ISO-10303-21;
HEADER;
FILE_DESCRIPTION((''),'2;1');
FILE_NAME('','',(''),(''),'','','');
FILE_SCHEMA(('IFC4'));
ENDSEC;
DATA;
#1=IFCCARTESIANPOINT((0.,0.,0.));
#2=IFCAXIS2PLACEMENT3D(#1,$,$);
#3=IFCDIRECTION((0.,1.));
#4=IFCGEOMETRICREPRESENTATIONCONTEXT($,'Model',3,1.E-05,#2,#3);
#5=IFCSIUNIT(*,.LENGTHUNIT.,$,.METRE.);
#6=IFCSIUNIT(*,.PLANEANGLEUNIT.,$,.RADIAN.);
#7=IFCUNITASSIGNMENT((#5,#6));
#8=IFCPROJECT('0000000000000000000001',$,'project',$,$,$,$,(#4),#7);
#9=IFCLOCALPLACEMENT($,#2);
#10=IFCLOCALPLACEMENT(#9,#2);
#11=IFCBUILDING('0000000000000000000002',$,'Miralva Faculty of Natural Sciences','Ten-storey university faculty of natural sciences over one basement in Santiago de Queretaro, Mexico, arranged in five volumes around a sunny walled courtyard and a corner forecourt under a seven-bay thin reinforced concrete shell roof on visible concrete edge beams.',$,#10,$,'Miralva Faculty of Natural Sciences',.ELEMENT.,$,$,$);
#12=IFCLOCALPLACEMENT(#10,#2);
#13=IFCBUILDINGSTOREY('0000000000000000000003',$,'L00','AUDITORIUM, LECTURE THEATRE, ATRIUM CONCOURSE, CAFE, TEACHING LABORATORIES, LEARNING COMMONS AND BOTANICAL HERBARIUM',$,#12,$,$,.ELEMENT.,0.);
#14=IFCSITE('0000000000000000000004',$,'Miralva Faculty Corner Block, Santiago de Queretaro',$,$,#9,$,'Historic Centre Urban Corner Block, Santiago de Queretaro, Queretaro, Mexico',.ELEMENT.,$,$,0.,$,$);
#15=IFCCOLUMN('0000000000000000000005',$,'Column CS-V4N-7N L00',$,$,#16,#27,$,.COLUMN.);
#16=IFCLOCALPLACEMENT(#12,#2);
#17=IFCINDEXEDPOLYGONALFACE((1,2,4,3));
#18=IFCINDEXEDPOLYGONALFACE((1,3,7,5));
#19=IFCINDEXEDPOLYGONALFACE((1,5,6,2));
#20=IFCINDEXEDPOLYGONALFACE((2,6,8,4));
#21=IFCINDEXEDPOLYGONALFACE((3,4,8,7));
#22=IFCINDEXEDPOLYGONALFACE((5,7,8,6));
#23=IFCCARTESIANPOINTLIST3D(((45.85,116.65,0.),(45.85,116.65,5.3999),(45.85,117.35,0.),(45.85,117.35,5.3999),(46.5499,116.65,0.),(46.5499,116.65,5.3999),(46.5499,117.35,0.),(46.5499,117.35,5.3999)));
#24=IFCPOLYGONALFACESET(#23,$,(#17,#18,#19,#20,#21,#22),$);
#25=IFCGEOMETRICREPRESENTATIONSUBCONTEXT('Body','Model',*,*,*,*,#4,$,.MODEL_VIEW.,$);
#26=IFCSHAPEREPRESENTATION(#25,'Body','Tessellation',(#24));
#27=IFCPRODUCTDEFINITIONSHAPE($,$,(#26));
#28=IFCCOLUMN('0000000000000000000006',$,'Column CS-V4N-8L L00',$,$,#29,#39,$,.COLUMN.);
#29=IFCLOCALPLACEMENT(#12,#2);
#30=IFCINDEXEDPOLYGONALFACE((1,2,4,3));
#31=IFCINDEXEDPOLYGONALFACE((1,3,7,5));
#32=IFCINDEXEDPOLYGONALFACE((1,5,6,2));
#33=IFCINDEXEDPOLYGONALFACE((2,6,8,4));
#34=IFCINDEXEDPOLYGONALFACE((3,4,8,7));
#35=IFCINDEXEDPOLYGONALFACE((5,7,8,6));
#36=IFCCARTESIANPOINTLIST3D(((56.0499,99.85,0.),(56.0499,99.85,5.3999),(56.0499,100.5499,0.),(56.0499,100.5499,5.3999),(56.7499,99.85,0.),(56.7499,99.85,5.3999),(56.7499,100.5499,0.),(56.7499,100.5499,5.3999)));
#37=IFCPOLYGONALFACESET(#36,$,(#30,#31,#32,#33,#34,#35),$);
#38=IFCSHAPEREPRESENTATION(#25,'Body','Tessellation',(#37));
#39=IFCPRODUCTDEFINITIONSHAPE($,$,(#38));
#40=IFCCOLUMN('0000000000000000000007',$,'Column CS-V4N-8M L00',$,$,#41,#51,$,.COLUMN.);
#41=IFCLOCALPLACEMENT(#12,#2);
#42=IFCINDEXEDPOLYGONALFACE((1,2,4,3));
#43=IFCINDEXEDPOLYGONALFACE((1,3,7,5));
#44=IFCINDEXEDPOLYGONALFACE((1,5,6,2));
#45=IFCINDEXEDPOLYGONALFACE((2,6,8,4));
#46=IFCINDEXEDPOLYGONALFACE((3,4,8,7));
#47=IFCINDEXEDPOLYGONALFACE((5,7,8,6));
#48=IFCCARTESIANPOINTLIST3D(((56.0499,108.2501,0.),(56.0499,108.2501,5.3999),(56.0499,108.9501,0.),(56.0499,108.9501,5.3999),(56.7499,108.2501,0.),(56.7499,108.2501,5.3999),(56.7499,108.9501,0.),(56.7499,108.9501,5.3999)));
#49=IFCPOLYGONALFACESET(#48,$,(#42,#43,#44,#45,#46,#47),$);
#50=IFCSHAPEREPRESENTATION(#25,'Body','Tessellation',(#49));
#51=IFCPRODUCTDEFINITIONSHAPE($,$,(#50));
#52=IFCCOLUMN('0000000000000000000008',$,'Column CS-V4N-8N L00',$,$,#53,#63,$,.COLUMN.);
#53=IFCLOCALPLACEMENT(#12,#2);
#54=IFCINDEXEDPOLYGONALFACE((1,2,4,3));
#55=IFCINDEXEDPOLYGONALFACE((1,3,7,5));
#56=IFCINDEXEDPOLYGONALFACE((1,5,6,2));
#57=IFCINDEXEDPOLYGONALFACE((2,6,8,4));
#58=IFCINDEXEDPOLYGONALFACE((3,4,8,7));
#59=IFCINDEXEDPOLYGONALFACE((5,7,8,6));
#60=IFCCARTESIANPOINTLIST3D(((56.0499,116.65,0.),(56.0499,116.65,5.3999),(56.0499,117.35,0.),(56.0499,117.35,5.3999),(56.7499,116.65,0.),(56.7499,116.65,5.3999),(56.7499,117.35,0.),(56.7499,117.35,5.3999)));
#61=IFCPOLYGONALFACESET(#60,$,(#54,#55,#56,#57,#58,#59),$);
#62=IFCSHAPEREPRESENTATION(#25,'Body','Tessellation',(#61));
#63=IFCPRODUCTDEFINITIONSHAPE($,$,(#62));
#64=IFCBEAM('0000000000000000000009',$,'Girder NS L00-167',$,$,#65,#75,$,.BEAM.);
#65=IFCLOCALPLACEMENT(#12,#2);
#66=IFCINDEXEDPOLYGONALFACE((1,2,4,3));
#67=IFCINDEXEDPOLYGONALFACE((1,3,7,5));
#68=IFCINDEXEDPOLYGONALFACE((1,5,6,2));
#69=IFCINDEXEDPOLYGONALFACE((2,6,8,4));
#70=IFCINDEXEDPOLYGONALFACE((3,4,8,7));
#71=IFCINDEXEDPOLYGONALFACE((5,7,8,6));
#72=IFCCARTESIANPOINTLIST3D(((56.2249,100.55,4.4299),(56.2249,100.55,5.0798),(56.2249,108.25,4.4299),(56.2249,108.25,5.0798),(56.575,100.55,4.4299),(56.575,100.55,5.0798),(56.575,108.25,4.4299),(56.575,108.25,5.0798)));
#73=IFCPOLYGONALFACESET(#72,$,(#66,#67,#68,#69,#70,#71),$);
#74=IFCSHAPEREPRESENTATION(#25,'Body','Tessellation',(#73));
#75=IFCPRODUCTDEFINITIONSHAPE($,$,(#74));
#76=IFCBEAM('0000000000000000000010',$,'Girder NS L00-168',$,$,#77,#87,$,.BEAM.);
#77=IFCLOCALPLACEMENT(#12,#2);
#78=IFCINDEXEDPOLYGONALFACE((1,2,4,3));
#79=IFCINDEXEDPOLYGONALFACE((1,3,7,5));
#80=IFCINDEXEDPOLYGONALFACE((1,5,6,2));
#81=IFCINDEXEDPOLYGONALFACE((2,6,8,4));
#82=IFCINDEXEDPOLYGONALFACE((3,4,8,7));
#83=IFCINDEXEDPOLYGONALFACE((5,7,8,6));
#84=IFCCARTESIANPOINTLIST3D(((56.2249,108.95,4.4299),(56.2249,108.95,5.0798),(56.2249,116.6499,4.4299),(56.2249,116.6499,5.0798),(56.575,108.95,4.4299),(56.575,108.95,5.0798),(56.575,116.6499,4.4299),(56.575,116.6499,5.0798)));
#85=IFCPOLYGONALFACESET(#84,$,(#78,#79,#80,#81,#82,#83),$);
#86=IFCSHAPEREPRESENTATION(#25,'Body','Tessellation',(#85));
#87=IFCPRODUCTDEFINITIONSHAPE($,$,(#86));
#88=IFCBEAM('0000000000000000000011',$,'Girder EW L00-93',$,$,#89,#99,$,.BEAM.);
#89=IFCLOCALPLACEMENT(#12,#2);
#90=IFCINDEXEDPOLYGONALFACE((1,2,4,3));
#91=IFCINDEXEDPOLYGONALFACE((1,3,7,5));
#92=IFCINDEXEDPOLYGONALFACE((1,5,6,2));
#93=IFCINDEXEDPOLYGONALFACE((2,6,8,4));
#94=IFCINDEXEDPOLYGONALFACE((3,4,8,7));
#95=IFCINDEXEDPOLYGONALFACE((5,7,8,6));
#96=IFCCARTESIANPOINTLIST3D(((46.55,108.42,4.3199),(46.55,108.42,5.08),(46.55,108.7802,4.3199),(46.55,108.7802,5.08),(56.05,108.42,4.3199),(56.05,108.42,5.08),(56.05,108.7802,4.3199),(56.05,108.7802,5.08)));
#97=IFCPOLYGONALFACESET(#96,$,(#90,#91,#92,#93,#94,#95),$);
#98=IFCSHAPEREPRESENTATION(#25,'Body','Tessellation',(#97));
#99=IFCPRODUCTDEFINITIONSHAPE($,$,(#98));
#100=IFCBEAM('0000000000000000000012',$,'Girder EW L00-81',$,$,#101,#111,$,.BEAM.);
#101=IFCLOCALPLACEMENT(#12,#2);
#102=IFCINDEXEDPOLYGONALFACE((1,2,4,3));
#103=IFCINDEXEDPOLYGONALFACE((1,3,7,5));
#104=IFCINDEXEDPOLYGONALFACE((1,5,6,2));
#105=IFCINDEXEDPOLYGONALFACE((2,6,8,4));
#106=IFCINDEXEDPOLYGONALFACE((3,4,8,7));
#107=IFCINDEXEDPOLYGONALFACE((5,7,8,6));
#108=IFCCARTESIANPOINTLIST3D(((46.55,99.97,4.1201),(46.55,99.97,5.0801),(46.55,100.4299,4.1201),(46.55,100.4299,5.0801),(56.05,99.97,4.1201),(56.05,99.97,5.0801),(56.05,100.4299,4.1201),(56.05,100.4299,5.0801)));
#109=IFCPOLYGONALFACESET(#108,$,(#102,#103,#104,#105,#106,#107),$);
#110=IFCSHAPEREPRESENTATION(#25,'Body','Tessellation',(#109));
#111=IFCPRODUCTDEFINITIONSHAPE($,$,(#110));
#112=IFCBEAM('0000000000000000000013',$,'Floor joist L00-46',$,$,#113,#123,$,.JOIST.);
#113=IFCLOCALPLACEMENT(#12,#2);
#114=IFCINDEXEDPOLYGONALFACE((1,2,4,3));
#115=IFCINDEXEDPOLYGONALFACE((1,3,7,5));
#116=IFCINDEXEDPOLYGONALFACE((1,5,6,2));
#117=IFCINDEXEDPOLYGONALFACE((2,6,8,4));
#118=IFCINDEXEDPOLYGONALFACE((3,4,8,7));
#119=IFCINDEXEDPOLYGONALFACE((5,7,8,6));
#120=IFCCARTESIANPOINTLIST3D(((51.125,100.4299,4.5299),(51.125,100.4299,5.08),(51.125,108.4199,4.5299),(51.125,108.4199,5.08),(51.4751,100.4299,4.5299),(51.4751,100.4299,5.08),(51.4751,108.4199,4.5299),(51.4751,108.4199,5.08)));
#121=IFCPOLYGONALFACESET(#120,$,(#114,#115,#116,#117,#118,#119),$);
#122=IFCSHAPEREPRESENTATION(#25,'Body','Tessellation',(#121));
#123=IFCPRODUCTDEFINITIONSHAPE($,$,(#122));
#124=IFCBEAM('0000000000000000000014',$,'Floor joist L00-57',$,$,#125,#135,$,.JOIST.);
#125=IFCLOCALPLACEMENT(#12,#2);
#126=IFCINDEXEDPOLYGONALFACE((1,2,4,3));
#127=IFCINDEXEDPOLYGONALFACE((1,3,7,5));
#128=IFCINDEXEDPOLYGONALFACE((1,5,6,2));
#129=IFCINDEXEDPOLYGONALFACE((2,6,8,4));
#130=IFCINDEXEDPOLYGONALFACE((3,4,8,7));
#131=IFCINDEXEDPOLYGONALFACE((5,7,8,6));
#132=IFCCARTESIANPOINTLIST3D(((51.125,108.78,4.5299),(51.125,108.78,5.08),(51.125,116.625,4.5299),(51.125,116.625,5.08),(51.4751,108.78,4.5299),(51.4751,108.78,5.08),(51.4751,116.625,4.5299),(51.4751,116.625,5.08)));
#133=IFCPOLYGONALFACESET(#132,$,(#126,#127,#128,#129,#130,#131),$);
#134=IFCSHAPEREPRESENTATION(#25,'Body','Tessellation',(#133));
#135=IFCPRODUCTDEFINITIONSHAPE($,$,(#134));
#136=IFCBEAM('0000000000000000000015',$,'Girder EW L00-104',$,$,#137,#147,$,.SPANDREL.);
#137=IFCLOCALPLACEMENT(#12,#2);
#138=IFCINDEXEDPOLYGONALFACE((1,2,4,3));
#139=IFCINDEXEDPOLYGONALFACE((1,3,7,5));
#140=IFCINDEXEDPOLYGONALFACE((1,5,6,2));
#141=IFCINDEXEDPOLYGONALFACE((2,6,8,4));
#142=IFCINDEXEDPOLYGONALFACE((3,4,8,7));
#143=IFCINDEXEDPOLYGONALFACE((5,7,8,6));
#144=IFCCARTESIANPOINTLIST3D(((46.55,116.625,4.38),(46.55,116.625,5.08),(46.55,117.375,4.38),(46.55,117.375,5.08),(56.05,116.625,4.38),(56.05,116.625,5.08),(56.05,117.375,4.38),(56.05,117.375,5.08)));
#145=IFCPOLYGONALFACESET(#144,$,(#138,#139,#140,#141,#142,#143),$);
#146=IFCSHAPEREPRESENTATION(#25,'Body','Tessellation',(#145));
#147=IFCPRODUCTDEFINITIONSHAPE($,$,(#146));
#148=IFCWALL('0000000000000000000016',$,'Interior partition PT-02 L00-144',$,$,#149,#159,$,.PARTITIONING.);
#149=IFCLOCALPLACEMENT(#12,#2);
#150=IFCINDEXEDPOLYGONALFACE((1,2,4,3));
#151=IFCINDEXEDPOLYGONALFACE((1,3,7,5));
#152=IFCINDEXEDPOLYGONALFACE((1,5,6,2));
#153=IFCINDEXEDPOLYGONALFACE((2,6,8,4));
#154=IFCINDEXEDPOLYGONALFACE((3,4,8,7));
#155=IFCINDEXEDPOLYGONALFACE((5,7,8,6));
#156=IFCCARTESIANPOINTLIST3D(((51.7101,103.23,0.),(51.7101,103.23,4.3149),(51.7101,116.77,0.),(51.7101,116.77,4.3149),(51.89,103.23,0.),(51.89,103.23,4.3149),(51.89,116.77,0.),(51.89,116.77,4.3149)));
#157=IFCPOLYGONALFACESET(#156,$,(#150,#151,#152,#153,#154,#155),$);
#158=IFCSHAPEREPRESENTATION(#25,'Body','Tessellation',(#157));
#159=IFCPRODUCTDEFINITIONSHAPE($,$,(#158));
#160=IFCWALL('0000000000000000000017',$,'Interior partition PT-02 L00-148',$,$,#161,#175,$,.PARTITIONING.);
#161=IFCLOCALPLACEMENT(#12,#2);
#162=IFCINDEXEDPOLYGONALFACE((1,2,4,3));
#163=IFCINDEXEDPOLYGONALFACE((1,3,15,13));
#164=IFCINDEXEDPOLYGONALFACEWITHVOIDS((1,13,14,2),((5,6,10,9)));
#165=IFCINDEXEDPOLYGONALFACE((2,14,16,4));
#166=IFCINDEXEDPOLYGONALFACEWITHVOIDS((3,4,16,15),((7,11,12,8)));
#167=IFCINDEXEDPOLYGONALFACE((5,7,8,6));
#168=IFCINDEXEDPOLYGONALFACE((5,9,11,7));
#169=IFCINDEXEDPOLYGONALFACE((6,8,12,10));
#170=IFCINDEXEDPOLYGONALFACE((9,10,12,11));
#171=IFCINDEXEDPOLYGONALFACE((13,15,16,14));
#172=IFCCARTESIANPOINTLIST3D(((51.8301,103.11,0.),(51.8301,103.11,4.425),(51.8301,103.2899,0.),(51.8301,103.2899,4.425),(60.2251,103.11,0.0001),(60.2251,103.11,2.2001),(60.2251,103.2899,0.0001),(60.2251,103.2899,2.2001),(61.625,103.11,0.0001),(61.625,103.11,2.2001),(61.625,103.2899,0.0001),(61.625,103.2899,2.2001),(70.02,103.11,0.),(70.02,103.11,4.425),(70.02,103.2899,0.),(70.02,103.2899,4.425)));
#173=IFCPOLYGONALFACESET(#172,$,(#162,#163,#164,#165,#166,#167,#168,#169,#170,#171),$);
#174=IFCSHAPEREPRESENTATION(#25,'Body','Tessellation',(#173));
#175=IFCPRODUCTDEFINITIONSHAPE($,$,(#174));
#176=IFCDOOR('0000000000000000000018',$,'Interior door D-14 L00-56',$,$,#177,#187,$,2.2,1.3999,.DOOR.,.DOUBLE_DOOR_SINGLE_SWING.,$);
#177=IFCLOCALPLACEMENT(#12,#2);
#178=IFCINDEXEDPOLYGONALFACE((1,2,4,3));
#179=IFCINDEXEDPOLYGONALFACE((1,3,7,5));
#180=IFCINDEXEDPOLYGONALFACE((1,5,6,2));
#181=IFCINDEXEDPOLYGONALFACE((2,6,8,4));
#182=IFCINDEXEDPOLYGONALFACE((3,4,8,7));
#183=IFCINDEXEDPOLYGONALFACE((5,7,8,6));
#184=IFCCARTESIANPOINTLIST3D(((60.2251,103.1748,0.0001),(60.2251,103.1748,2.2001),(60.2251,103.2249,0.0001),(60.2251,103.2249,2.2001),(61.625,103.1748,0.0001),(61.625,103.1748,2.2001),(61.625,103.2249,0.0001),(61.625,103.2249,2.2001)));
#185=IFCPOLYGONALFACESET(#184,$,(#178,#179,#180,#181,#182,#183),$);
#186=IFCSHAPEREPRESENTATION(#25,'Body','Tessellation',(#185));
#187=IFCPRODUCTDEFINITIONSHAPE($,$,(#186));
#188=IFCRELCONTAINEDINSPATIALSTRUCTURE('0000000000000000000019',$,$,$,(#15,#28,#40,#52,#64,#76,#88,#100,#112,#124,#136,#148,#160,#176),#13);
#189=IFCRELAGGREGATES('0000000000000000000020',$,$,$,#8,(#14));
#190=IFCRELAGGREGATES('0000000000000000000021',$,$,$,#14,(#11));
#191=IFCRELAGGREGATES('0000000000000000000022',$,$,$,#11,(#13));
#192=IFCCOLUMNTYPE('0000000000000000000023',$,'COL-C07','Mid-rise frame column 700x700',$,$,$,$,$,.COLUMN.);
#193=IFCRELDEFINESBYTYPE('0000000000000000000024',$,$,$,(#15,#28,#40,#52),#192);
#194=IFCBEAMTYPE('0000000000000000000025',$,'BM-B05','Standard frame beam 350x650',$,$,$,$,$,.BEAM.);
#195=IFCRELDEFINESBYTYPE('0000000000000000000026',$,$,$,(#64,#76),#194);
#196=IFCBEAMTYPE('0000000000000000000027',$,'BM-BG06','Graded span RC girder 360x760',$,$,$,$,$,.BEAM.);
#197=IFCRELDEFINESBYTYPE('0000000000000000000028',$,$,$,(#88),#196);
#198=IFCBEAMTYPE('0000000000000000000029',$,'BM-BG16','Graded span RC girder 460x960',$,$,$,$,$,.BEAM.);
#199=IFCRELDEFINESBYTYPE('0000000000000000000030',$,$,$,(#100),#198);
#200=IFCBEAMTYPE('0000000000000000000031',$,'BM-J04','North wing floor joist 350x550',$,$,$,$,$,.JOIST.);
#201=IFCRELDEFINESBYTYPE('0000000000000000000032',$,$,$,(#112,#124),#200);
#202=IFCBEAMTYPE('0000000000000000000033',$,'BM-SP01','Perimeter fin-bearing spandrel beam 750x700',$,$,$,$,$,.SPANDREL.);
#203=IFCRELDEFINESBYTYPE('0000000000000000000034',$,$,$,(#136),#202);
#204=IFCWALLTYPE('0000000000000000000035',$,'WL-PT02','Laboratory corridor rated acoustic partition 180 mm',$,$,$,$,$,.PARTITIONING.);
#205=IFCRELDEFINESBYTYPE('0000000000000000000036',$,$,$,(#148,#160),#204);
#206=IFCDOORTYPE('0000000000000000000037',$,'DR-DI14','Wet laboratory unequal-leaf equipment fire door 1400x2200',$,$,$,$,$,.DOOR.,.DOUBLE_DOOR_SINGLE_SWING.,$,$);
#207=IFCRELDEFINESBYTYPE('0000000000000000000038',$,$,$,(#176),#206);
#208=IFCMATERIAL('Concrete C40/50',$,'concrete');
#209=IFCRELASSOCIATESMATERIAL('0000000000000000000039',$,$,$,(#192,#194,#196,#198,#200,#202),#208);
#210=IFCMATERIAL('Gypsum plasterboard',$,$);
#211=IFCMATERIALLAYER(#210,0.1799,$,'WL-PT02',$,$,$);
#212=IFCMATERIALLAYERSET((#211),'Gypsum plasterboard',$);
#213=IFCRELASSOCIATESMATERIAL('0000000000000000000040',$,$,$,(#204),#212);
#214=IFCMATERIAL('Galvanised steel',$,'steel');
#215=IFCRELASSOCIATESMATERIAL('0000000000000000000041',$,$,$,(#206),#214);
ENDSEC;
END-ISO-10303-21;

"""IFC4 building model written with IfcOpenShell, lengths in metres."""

from ifc_helpers import new_model, si_unit, direction, frame, frame_2d, origin, origin_2d, place, context, subcontext, project, spatial, rectangle, extrude, material, layer, layer_set, material_profile, profile_set, type_object, element, fill, save


model = new_model("IFC4")

# Units and contexts
model_context = context("Model", 3, precision=1e-05, world=origin(), true_north=direction((0.0, 1.0)))
body_context = subcontext(model_context, "Body", "Model", "MODEL_VIEW")
ifc_project = project(units=[si_unit("LENGTHUNIT", "METRE"), si_unit("PLANEANGLEUNIT", "RADIAN")], contexts=[model_context])

# Site, building, storey
site_placement = place(None, origin())
site = spatial("IfcSite", under=ifc_project, at=site_placement, Name="Miralva Faculty Corner Block, Santiago de Queretaro", LongName="Historic Centre Urban Corner Block, Santiago de Queretaro, Queretaro, Mexico", CompositionType="ELEMENT", RefElevation=0.0)
building_placement = place(site_placement, origin())
building = spatial("IfcBuilding", under=site, at=building_placement, Name="Miralva Faculty of Natural Sciences", Description="Ten-storey university faculty of natural sciences over one basement in Santiago de Queretaro, Mexico, arranged in five volumes around a sunny walled courtyard and a corner forecourt under a seven-bay thin reinforced concrete shell roof on visible concrete edge beams.", LongName="Miralva Faculty of Natural Sciences", CompositionType="ELEMENT")
storey_placement = place(building_placement, origin())
storey = spatial("IfcBuildingStorey", under=building, at=storey_placement, Name="L00", Description="AUDITORIUM, LECTURE THEATRE, ATRIUM CONCOURSE, CAFE, TEACHING LABORATORIES, LEARNING COMMONS AND BOTANICAL HERBARIUM", CompositionType="ELEMENT", Elevation=0.0)

# Columns
ifc_material_1 = material(Name="Concrete C40/50", Category="concrete")
ifc_material_profile_1 = material_profile(ifc_material_1, rectangle(XDim=0.7, YDim=0.7, at=origin_2d()), Name="RC 700x700")
ifc_profile_set_1 = profile_set([ifc_material_profile_1], Name="Concrete C40/50")
column_type = type_object("IfcColumnType", Name="COL-C07", Description="Mid-rise frame column 700x700", PredefinedType="COLUMN", material=ifc_profile_set_1)
for number, where, z_axis, x_axis, name in (
    (1, (46.2, 117.0, 0.0), (0.0, 0.0, 1.0), (1.0, 0.0, 0.0), "Column CS-V4N-7N L00"),
    (2, (56.3999, 100.2, 0.0), (0.0, 0.0, 1.0), (1.0, 0.0, 0.0), "Column CS-V4N-8L L00"),
    (3, (56.3999, 108.6001, 0.0), (0.0, 0.0, 1.0), (1.0, 0.0, 0.0), "Column CS-V4N-8M L00"),
    (4, (56.3999, 117.0, 0.0), (0.0, 0.0, 1.0), (1.0, 0.0, 0.0), "Column CS-V4N-8N L00"),
):
    element("IfcColumn", number, at=place(storey_placement, frame(where, z_axis=z_axis, x_axis=x_axis)), inside=storey, type_object=column_type, Name=name, PredefinedType="COLUMN", context=body_context, shape_type="SweptSolid", body=[
        extrude(rectangle(XDim=0.7, YDim=0.7, at=origin_2d()), origin(), (0.0, 0.0, 1.0), 5.3999),
    ])

# Beams
ifc_material_profile_2 = material_profile(ifc_material_1, rectangle(XDim=0.3501, YDim=0.6499, at=origin_2d()), Name="RC 350x650")
ifc_profile_set_2 = profile_set([ifc_material_profile_2], Name="Concrete C40/50")
beam_type_1 = type_object("IfcBeamType", Name="BM-B05", Description="Standard frame beam 350x650", PredefinedType="BEAM", material=ifc_profile_set_2)
for number, where, z_axis, x_axis, name in (
    (5, (56.3999, 100.55, 4.7549), (0.0, 1.0, 0.0), (-1.0, 0.0, 0.0), "Girder NS L00-167"),
    (6, (56.3999, 108.95, 4.7549), (0.0, 1.0, 0.0), (-1.0, 0.0, 0.0), "Girder NS L00-168"),
):
    element("IfcBeam", number, at=place(storey_placement, frame(where, z_axis=z_axis, x_axis=x_axis)), inside=storey, type_object=beam_type_1, Name=name, PredefinedType="BEAM", context=body_context, shape_type="SweptSolid", body=[
        extrude(rectangle(XDim=0.3501, YDim=0.6499, at=origin_2d()), origin(), (0.0, 0.0, 1.0), 7.7),
    ])
ifc_material_profile_3 = material_profile(ifc_material_1, rectangle(XDim=0.3601, YDim=0.76, at=origin_2d()), Name="RC 360x760")
ifc_profile_set_3 = profile_set([ifc_material_profile_3], Name="Concrete C40/50")
beam_type_2 = type_object("IfcBeamType", Name="BM-BG06", Description="Graded span RC girder 360x760", PredefinedType="BEAM", material=ifc_profile_set_3)
beam_1_placement = place(storey_placement, frame((46.55, 108.6001, 4.7), z_axis=(1.0, 0.0, 0.0), x_axis=(0.0, 1.0, 0.0)))
element("IfcBeam", 7, at=beam_1_placement, inside=storey, type_object=beam_type_2, Name="Girder EW L00-93", PredefinedType="BEAM", context=body_context, shape_type="SweptSolid", body=[
    extrude(rectangle(XDim=0.3601, YDim=0.76, at=origin_2d()), origin(), (0.0, 0.0, 1.0), 9.5),
])
ifc_material_profile_4 = material_profile(ifc_material_1, rectangle(XDim=0.46, YDim=0.96, at=origin_2d()), Name="RC 460x960")
ifc_profile_set_4 = profile_set([ifc_material_profile_4], Name="Concrete C40/50")
beam_type_3 = type_object("IfcBeamType", Name="BM-BG16", Description="Graded span RC girder 460x960", PredefinedType="BEAM", material=ifc_profile_set_4)
beam_2_placement = place(storey_placement, frame((46.55, 100.2, 4.6001), z_axis=(1.0, 0.0, 0.0), x_axis=(0.0, 1.0, 0.0)))
element("IfcBeam", 8, at=beam_2_placement, inside=storey, type_object=beam_type_3, Name="Girder EW L00-81", PredefinedType="BEAM", context=body_context, shape_type="SweptSolid", body=[
    extrude(rectangle(XDim=0.46, YDim=0.96, at=origin_2d()), origin(), (0.0, 0.0, 1.0), 9.5),
])
ifc_material_profile_5 = material_profile(ifc_material_1, rectangle(XDim=0.3501, YDim=0.55, at=origin_2d()), Name="RC 350x550")
ifc_profile_set_5 = profile_set([ifc_material_profile_5], Name="Concrete C40/50")
beam_type_4 = type_object("IfcBeamType", Name="BM-J04", Description="North wing floor joist 350x550", PredefinedType="JOIST", material=ifc_profile_set_5)
beam_3_placement = place(storey_placement, frame((51.3, 100.4299, 4.8049), z_axis=(0.0, 1.0, 0.0), x_axis=(-1.0, 0.0, 0.0)))
element("IfcBeam", 9, at=beam_3_placement, inside=storey, type_object=beam_type_4, Name="Floor joist L00-46", PredefinedType="JOIST", context=body_context, shape_type="SweptSolid", body=[
    extrude(rectangle(XDim=0.3501, YDim=0.55, at=origin_2d()), origin(), (0.0, 0.0, 1.0), 7.99),
])
beam_4_placement = place(storey_placement, frame((51.3, 108.78, 4.8049), z_axis=(0.0, 1.0, 0.0), x_axis=(-1.0, 0.0, 0.0)))
element("IfcBeam", 10, at=beam_4_placement, inside=storey, type_object=beam_type_4, Name="Floor joist L00-57", PredefinedType="JOIST", context=body_context, shape_type="SweptSolid", body=[
    extrude(rectangle(XDim=0.3501, YDim=0.55, at=origin_2d()), origin(), (0.0, 0.0, 1.0), 7.845),
])
ifc_material_profile_6 = material_profile(ifc_material_1, rectangle(XDim=0.75, YDim=0.7, at=origin_2d()), Name="RC 750x700")
ifc_profile_set_6 = profile_set([ifc_material_profile_6], Name="Concrete C40/50")
beam_type_5 = type_object("IfcBeamType", Name="BM-SP01", Description="Perimeter fin-bearing spandrel beam 750x700", PredefinedType="SPANDREL", material=ifc_profile_set_6)
beam_5_placement = place(storey_placement, frame((46.55, 117.0, 4.73), z_axis=(1.0, 0.0, 0.0), x_axis=(0.0, 1.0, 0.0)))
element("IfcBeam", 11, at=beam_5_placement, inside=storey, type_object=beam_type_5, Name="Girder EW L00-104", PredefinedType="SPANDREL", context=body_context, shape_type="SweptSolid", body=[
    extrude(rectangle(XDim=0.75, YDim=0.7, at=origin_2d()), origin(), (0.0, 0.0, 1.0), 9.5),
])

# Wall
ifc_material_2 = material(Name="Gypsum plasterboard")
ifc_layer_1 = layer(ifc_material_2, 0.1799, Name="WL-PT02")
ifc_layer_set_1 = layer_set([ifc_layer_1], Name="Gypsum plasterboard")
wall_type_1 = type_object("IfcWallType", Name="WL-PT02", Description="Laboratory corridor rated acoustic partition 180 mm", PredefinedType="PARTITIONING", material=ifc_layer_set_1)
wall_1_placement = place(storey_placement, frame((51.8, 103.23, 0.0), z_axis=(0.0, 0.0, 1.0), x_axis=(0.0, 1.0, 0.0)))
element("IfcWall", 12, at=wall_1_placement, inside=storey, type_object=wall_type_1, Name="Interior partition PT-02 L00-144", PredefinedType="PARTITIONING", context=body_context, shape_type="SweptSolid", body=[
    extrude(rectangle(XDim=13.54, YDim=0.1799, at=frame_2d((6.77, 0.0))), origin(), (0.0, 0.0, 1.0), 4.3149),
])

# Wall, opening, door
wall_2_placement = place(storey_placement, frame((51.8301, 103.2, 0.0), z_axis=(0.0, 0.0, 1.0), x_axis=(1.0, 0.0, 0.0)))
wall_2 = element("IfcWall", 13, at=wall_2_placement, inside=storey, type_object=wall_type_1, Name="Interior partition PT-02 L00-148", PredefinedType="PARTITIONING", context=body_context, shape_type="SweptSolid", body=[
    extrude(rectangle(XDim=18.1899, YDim=0.1799, at=frame_2d((9.095, 0.0))), origin(), (0.0, 0.0, 1.0), 4.425),
])
opening_1_placement = place(wall_2_placement, frame((8.395, 0.0, 0.0)))
opening_1 = element("IfcOpeningElement", 14, at=opening_1_placement, cuts=wall_2, PredefinedType="OPENING", context=body_context, shape_type="SweptSolid", body=[
    extrude(rectangle(XDim=1.3999, YDim=2.2, at=frame_2d((0.7, 1.1001))), frame((0.0, 0.0999, 0.0), z_axis=(0.0, -1.0, 0.0), x_axis=(1.0, 0.0, 0.0)), (0.0, 0.0, 1.0), 0.2),
])
ifc_material_3 = material(Name="Galvanised steel", Category="steel")
door_type = type_object("IfcDoorType", Name="DR-DI14", Description="Wet laboratory unequal-leaf equipment fire door 1400x2200", OperationType="DOUBLE_DOOR_SINGLE_SWING", PredefinedType="DOOR", material=ifc_material_3)
door_placement = place(opening_1_placement, origin())
door = element("IfcDoor", 15, at=door_placement, inside=storey, type_object=door_type, Name="Interior door D-14 L00-56", OperationType="DOUBLE_DOOR_SINGLE_SWING", OverallHeight=2.2, OverallWidth=1.3999, PredefinedType="DOOR", context=body_context, shape_type="SweptSolid", body=[
    extrude(rectangle(XDim=1.3999, YDim=2.2, at=frame_2d((0.7, 1.1001))), frame((0.0, 0.0249, 0.0), z_axis=(0.0, -1.0, 0.0), x_axis=(1.0, 0.0, 0.0)), (0.0, 0.0, 1.0), 0.05),
])
fill(opening_1, door)

save(model, "model.ifc")
